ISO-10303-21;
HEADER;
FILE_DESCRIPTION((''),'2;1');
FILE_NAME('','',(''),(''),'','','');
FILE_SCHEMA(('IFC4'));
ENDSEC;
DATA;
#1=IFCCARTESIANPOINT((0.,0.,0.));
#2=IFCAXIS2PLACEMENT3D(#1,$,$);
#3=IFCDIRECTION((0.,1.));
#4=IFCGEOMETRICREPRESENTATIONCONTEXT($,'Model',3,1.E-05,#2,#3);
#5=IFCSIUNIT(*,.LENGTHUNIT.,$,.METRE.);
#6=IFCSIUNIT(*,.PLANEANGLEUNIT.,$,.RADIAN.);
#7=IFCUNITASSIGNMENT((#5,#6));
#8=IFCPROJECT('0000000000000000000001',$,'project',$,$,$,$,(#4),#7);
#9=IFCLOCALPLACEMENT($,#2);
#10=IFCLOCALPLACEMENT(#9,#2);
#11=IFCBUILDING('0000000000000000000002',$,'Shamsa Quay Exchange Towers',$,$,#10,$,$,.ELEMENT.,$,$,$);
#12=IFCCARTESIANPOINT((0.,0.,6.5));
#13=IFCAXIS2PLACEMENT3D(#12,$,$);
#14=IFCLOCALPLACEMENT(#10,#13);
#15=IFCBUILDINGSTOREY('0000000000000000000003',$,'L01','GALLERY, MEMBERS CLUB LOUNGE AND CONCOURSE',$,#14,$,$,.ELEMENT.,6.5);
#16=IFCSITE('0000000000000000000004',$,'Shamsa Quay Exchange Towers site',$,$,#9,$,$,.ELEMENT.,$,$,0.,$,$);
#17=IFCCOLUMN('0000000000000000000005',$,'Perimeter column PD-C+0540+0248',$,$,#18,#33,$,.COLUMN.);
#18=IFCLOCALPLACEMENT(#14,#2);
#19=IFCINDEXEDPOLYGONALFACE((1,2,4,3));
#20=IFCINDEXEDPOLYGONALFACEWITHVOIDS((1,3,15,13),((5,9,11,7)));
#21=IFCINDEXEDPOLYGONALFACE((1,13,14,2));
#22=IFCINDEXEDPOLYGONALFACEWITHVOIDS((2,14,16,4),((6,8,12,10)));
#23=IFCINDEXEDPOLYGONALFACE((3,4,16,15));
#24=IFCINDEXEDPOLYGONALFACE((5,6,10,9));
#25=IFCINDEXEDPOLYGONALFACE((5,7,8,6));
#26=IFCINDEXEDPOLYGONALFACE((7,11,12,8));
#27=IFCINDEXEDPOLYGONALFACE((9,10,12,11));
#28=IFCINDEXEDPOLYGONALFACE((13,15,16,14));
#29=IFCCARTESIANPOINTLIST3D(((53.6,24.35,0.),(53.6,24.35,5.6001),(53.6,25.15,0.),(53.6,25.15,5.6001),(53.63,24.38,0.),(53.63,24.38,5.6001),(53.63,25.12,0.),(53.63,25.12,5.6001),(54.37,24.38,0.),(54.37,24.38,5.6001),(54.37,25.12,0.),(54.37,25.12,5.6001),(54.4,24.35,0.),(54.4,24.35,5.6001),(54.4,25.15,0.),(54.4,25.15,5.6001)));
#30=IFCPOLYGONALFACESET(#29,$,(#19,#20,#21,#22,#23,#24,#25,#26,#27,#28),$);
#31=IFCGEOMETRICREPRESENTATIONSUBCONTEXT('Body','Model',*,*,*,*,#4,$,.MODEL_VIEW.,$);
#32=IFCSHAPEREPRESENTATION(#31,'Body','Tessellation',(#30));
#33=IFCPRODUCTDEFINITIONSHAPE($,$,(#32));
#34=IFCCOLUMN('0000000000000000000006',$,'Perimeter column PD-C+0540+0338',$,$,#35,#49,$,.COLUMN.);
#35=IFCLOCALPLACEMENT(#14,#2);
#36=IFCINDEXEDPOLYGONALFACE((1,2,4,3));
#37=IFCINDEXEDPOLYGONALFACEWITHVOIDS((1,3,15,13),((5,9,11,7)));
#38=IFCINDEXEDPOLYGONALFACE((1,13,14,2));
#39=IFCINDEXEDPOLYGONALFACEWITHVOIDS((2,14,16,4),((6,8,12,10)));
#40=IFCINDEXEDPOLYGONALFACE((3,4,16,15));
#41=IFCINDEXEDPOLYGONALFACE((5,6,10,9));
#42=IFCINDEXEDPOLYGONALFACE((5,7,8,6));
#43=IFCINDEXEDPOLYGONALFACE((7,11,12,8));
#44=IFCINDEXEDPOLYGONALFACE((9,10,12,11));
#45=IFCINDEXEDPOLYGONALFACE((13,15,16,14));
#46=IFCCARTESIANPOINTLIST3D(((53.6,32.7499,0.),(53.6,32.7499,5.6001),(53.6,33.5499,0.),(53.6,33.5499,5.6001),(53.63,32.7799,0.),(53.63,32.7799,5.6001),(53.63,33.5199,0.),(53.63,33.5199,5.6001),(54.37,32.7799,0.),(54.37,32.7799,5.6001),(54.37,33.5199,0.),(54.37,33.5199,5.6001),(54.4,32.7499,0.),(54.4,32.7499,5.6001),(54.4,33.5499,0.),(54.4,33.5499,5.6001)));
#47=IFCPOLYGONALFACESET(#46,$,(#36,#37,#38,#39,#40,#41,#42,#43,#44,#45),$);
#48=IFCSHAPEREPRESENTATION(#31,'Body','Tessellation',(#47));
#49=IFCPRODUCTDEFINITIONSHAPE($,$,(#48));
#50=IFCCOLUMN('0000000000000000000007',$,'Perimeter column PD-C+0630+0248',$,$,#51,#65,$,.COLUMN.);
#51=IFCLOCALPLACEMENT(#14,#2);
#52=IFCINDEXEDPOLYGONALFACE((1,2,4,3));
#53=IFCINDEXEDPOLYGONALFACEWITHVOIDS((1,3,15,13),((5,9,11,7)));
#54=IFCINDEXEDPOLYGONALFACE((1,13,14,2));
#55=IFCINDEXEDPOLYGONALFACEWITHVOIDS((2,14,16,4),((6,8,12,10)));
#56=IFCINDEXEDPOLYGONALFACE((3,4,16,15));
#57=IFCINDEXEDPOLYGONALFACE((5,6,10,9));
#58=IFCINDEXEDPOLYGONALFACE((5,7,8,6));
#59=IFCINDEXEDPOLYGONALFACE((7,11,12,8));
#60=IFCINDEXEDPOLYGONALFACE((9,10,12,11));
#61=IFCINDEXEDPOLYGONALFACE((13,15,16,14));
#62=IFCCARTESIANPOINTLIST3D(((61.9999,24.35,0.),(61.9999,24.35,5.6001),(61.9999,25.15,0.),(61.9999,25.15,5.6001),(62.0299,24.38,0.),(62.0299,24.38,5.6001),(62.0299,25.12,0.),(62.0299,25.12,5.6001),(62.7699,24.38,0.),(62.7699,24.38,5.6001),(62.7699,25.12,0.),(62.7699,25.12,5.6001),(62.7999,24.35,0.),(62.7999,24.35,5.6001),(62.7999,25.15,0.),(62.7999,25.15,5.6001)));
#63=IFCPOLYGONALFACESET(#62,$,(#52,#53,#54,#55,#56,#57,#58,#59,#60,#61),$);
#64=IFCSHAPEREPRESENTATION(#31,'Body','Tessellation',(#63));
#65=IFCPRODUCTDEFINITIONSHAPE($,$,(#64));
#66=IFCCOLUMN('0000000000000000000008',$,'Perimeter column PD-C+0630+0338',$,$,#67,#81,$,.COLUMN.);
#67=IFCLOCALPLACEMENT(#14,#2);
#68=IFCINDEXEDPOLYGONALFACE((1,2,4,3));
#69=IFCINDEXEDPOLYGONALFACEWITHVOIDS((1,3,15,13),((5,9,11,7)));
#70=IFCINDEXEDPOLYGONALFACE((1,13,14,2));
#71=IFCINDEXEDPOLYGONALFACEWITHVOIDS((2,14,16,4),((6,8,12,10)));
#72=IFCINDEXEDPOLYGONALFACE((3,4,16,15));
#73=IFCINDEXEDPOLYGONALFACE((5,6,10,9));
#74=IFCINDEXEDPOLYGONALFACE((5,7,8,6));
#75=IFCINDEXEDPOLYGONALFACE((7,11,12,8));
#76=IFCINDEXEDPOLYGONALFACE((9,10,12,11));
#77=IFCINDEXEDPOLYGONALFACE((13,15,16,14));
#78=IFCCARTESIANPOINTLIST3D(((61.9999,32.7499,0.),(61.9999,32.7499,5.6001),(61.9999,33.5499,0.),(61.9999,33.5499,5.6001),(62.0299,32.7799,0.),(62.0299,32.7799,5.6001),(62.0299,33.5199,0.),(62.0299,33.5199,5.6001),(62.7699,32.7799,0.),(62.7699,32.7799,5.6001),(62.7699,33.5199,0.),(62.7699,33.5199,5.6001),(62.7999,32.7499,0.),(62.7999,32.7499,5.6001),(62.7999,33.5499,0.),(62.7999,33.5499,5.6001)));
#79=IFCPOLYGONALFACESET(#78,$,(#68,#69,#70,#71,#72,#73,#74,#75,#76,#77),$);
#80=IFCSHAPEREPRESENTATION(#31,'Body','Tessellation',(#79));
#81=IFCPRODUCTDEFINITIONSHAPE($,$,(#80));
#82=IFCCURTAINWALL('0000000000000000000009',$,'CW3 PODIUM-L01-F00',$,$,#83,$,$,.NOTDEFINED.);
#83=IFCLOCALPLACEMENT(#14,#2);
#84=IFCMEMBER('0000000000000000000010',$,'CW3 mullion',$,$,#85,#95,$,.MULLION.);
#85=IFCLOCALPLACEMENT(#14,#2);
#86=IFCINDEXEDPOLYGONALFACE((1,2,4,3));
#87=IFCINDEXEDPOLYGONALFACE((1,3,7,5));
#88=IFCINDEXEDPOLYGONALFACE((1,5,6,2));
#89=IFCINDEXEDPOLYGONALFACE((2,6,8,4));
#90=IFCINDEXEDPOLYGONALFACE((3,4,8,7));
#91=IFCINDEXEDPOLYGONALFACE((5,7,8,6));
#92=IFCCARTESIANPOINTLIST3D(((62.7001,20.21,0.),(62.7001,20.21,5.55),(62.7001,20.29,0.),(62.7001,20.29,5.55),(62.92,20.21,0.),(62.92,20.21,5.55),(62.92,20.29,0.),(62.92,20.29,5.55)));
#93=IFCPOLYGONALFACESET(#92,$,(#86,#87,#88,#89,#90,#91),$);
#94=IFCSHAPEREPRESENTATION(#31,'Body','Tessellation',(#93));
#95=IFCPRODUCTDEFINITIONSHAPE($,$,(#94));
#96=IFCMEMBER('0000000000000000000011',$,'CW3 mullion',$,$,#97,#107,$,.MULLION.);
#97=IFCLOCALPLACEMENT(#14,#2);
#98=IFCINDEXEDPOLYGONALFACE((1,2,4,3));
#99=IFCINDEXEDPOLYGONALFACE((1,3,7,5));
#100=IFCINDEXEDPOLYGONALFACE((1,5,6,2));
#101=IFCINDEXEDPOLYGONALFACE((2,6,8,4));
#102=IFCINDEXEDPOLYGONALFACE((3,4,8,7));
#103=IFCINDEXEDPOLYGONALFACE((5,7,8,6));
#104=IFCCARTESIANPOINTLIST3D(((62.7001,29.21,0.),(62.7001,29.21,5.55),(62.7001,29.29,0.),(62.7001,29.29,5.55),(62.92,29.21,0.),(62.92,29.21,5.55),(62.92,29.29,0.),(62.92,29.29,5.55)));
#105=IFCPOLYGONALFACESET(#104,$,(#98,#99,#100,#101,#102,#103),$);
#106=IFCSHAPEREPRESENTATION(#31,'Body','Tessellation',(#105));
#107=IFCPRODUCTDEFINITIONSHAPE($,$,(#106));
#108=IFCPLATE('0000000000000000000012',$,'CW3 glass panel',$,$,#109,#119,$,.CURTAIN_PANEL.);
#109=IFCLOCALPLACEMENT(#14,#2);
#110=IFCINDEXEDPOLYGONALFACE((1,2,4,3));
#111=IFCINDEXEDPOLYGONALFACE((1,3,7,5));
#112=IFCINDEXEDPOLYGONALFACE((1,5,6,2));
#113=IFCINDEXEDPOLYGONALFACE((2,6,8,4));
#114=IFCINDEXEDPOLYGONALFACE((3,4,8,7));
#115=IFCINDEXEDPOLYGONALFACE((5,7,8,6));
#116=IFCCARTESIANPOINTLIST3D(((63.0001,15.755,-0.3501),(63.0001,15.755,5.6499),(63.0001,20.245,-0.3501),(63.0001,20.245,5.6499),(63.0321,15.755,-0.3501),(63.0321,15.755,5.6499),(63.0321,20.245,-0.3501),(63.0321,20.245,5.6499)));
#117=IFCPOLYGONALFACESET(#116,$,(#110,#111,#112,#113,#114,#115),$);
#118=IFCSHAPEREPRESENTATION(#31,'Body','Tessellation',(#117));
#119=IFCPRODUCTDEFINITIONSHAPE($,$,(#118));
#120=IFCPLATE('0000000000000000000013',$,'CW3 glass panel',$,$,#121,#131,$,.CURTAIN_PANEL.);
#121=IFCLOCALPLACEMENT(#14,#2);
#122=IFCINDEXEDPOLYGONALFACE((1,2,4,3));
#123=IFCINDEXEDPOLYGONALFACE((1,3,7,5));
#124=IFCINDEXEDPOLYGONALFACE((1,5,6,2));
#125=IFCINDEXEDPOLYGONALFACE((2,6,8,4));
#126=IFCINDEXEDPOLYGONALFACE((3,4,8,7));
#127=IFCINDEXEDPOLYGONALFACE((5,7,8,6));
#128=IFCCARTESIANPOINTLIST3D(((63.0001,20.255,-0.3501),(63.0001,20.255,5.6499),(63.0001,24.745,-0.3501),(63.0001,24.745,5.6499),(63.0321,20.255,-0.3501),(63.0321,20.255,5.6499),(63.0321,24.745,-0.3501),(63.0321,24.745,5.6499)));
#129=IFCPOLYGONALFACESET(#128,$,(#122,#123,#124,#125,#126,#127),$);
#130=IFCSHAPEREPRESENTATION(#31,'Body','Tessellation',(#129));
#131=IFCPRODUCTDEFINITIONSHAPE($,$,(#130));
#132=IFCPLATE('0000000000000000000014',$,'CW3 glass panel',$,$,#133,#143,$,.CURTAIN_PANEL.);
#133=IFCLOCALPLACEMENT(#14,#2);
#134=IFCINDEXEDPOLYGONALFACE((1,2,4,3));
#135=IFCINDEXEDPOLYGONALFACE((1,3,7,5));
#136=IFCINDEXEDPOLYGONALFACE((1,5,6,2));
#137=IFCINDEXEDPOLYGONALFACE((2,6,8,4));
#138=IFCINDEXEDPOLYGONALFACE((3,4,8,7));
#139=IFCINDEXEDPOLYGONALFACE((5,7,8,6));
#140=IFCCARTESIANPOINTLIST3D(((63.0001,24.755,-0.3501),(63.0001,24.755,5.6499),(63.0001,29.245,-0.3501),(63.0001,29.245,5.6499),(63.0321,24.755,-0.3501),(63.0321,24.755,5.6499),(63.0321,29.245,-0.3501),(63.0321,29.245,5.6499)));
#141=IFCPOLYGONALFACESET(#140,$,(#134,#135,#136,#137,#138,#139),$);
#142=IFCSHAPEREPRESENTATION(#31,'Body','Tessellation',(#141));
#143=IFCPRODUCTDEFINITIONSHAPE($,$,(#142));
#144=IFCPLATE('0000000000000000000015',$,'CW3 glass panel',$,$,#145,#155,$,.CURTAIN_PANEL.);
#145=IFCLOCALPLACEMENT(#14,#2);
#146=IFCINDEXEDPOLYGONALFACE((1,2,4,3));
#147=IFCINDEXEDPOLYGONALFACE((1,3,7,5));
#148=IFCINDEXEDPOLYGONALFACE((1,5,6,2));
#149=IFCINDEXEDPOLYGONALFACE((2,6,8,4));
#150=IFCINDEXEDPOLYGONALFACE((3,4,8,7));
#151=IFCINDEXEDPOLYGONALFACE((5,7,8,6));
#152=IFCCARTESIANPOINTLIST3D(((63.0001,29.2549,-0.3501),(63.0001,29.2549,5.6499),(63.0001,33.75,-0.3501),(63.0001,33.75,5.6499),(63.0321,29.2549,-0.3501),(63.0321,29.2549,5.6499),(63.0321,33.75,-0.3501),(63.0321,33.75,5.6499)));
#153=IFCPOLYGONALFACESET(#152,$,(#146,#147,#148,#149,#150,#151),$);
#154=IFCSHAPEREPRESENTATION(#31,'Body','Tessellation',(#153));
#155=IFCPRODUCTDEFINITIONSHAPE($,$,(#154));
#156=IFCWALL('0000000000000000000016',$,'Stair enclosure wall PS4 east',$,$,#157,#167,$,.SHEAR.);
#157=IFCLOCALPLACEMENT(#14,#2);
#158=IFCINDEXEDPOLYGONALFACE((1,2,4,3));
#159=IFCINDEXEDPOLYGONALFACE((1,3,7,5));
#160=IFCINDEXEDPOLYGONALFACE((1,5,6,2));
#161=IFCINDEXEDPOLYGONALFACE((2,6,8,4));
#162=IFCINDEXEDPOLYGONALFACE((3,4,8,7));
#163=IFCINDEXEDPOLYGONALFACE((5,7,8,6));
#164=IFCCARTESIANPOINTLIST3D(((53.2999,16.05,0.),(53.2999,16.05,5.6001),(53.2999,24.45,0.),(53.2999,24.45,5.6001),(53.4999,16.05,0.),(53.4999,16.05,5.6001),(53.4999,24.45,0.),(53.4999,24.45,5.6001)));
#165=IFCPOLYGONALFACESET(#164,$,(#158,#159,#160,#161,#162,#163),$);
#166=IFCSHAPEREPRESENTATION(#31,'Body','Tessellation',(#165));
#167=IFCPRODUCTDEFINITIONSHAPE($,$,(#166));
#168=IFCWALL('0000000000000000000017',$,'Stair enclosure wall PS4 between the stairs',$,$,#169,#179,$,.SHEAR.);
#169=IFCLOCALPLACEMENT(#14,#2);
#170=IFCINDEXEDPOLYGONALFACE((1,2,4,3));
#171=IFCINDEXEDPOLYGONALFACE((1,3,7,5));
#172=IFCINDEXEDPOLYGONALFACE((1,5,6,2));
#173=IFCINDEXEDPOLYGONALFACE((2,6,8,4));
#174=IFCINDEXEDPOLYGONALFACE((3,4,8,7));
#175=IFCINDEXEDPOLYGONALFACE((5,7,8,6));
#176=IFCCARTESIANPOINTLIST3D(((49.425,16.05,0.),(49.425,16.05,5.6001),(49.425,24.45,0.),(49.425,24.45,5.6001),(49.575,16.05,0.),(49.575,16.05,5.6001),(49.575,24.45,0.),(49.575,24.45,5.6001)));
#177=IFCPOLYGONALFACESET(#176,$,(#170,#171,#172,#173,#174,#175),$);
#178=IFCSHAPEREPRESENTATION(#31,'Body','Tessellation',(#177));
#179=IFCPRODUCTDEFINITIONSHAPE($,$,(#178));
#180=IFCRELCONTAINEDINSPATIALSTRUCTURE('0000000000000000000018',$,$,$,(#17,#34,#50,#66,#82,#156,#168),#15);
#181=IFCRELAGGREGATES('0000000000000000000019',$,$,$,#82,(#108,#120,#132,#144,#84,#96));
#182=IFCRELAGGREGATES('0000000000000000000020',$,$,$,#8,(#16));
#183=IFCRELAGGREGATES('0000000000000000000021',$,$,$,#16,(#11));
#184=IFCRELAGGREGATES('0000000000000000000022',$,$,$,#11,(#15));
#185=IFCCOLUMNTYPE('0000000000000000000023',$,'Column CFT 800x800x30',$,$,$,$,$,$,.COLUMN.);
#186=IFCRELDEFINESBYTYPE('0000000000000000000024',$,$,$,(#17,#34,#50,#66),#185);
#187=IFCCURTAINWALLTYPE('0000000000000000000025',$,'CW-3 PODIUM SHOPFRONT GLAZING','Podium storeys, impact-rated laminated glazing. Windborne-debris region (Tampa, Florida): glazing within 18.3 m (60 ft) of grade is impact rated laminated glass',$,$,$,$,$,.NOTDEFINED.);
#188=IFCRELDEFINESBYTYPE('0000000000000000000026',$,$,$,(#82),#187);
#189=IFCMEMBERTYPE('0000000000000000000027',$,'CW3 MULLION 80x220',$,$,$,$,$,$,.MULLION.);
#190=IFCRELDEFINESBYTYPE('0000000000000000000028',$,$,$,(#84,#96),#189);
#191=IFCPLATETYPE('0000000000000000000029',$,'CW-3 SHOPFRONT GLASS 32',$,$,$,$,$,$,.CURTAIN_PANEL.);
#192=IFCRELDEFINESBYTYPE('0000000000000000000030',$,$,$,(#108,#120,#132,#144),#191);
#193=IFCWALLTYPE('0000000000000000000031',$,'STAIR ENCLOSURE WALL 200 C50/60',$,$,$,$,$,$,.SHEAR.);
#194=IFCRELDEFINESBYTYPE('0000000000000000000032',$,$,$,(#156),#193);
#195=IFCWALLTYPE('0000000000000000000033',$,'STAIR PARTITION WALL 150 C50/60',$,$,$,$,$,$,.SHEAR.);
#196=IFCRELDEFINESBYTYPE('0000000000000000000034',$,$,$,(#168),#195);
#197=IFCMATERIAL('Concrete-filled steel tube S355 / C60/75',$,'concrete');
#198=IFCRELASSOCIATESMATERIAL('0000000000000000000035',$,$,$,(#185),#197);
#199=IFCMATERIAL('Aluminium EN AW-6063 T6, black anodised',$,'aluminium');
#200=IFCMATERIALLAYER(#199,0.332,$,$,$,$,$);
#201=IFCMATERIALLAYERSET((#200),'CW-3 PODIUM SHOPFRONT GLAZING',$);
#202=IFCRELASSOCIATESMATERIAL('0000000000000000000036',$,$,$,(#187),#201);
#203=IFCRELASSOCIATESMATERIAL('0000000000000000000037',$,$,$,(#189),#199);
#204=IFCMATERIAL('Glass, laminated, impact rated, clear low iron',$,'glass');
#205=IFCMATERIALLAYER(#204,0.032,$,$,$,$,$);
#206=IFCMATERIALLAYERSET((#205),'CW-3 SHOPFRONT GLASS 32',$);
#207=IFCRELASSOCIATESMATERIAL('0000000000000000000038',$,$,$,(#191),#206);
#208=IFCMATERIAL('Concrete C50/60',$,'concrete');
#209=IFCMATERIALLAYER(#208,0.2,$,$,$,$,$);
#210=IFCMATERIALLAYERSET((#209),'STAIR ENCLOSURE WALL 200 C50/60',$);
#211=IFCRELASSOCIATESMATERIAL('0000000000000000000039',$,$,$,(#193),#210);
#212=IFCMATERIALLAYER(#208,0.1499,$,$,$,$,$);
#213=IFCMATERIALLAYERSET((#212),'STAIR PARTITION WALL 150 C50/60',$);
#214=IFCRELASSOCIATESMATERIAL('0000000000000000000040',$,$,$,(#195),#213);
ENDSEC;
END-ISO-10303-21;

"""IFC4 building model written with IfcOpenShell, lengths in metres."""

from ifc_helpers import new_model, si_unit, direction, frame, frame_2d, origin, origin_2d, place, context, subcontext, project, spatial, rectangle, hollow_rectangle, extrude, material, layer, layer_set, material_profile, profile_set, type_object, element, aggregate, save


model = new_model("IFC4")

# Units and contexts
model_context = context("Model", 3, precision=1e-05, world=origin(), true_north=direction((0.0, 1.0)))
body_context = subcontext(model_context, "Body", "Model", "MODEL_VIEW")
ifc_project = project(units=[si_unit("LENGTHUNIT", "METRE"), si_unit("PLANEANGLEUNIT", "RADIAN")], contexts=[model_context])

# Site, building, storey
site_placement = place(None, origin())
site = spatial("IfcSite", under=ifc_project, at=site_placement, Name="Shamsa Quay Exchange Towers site", CompositionType="ELEMENT", RefElevation=0.0)
building_placement = place(site_placement, origin())
building = spatial("IfcBuilding", under=site, at=building_placement, Name="Shamsa Quay Exchange Towers", CompositionType="ELEMENT")
storey_placement = place(building_placement, frame((0.0, 0.0, 6.5)))
storey = spatial("IfcBuildingStorey", under=building, at=storey_placement, Name="L01", Description="GALLERY, MEMBERS CLUB LOUNGE AND CONCOURSE", CompositionType="ELEMENT", Elevation=6.5)

# Columns
ifc_material_1 = material(Name="Concrete-filled steel tube S355 / C60/75", Category="concrete")
ifc_material_profile_1 = material_profile(ifc_material_1, hollow_rectangle(XDim=0.8, YDim=0.8, WallThickness=0.03, at=origin_2d()), Name="CFT 800x800x30")
ifc_profile_set_1 = profile_set([ifc_material_profile_1], Name="Concrete-filled steel tube S355 / C60/75")
column_type = type_object("IfcColumnType", Name="Column CFT 800x800x30", PredefinedType="COLUMN", material=ifc_profile_set_1)
for number, where, name in (
    (1, (54.0, 24.75, 0.0), "Perimeter column PD-C+0540+0248"),
    (2, (54.0, 33.1499, 0.0), "Perimeter column PD-C+0540+0338"),
    (3, (62.3999, 24.75, 0.0), "Perimeter column PD-C+0630+0248"),
    (4, (62.3999, 33.1499, 0.0), "Perimeter column PD-C+0630+0338"),
):
    element("IfcColumn", number, at=place(storey_placement, frame(where)), inside=storey, type_object=column_type, Name=name, PredefinedType="COLUMN", context=body_context, shape_type="SweptSolid", body=[
        extrude(hollow_rectangle(XDim=0.8, YDim=0.8, WallThickness=0.03, at=origin_2d()), origin(), (0.0, 0.0, 1.0), 5.6001),
    ])

# Curtain wall, members, plates
ifc_material_2 = material(Name="Aluminium EN AW-6063 T6, black anodised", Category="aluminium")
ifc_layer_1 = layer(ifc_material_2, 0.332)
ifc_layer_set_1 = layer_set([ifc_layer_1], Name="CW-3 PODIUM SHOPFRONT GLAZING")
curtain_wall_type = type_object("IfcCurtainWallType", Name="CW-3 PODIUM SHOPFRONT GLAZING", Description="Podium storeys, impact-rated laminated glazing. Windborne-debris region (Tampa, Florida): glazing within 18.3 m (60 ft) of grade is impact rated laminated glass", PredefinedType="NOTDEFINED", material=ifc_layer_set_1)
curtain_wall_placement = place(storey_placement, origin())
curtain_wall = element("IfcCurtainWall", 5, at=curtain_wall_placement, inside=storey, type_object=curtain_wall_type, Name="CW3 PODIUM-L01-F00", PredefinedType="NOTDEFINED")
ifc_material_profile_2 = material_profile(ifc_material_2, rectangle(XDim=0.22, YDim=0.0801, at=origin_2d()), Name="MU80x220")
ifc_profile_set_2 = profile_set([ifc_material_profile_2], Name="Aluminium EN AW-6063 T6, black anodised")
member_type = type_object("IfcMemberType", Name="CW3 MULLION 80x220", PredefinedType="MULLION", material=ifc_profile_set_2)
member_1_placement = place(storey_placement, frame((62.8101, 20.25, 0.0), z_axis=(0.0, 0.0, 1.0), x_axis=(-1.0, 0.0, 0.0)))
member_1 = element("IfcMember", 6, at=member_1_placement, type_object=member_type, Name="CW3 mullion", PredefinedType="MULLION", context=body_context, shape_type="SweptSolid", body=[
    extrude(rectangle(XDim=0.22, YDim=0.0801, at=origin_2d()), origin(), (0.0, 0.0, 1.0), 5.55),
])
member_2_placement = place(storey_placement, frame((62.8101, 29.25, 0.0), z_axis=(0.0, 0.0, 1.0), x_axis=(-1.0, 0.0, 0.0)))
member_2 = element("IfcMember", 7, at=member_2_placement, type_object=member_type, Name="CW3 mullion", PredefinedType="MULLION", context=body_context, shape_type="SweptSolid", body=[
    extrude(rectangle(XDim=0.22, YDim=0.0801, at=origin_2d()), origin(), (0.0, 0.0, 1.0), 5.55),
])
ifc_material_3 = material(Name="Glass, laminated, impact rated, clear low iron", Category="glass")
ifc_layer_2 = layer(ifc_material_3, 0.032)
ifc_layer_set_2 = layer_set([ifc_layer_2], Name="CW-3 SHOPFRONT GLASS 32")
plate_type = type_object("IfcPlateType", Name="CW-3 SHOPFRONT GLASS 32", PredefinedType="CURTAIN_PANEL", material=ifc_layer_set_2)
plate_1_placement = place(storey_placement, frame((63.0161, 18.0, -0.3501), z_axis=(0.0, 0.0, 1.0), x_axis=(0.0, 1.0, 0.0)))
plate_1 = element("IfcPlate", 8, at=plate_1_placement, type_object=plate_type, Name="CW3 glass panel", PredefinedType="CURTAIN_PANEL", context=body_context, shape_type="SweptSolid", body=[
    extrude(rectangle(XDim=4.49, YDim=0.032, at=origin_2d()), origin(), (0.0, 0.0, 1.0), 6.0),
])
plate_2_placement = place(storey_placement, frame((63.0161, 22.5, -0.3501), z_axis=(0.0, 0.0, 1.0), x_axis=(0.0, 1.0, 0.0)))
plate_2 = element("IfcPlate", 9, at=plate_2_placement, type_object=plate_type, Name="CW3 glass panel", PredefinedType="CURTAIN_PANEL", context=body_context, shape_type="SweptSolid", body=[
    extrude(rectangle(XDim=4.49, YDim=0.032, at=origin_2d()), origin(), (0.0, 0.0, 1.0), 6.0),
])
plate_3_placement = place(storey_placement, frame((63.0161, 27.0, -0.3501), z_axis=(0.0, 0.0, 1.0), x_axis=(0.0, 1.0, 0.0)))
plate_3 = element("IfcPlate", 10, at=plate_3_placement, type_object=plate_type, Name="CW3 glass panel", PredefinedType="CURTAIN_PANEL", context=body_context, shape_type="SweptSolid", body=[
    extrude(rectangle(XDim=4.49, YDim=0.032, at=origin_2d()), origin(), (0.0, 0.0, 1.0), 6.0),
])
plate_4_placement = place(storey_placement, frame((63.0161, 31.5024, -0.3501), z_axis=(0.0, 0.0, 1.0), x_axis=(0.0, 1.0, 0.0)))
plate_4 = element("IfcPlate", 11, at=plate_4_placement, type_object=plate_type, Name="CW3 glass panel", PredefinedType="CURTAIN_PANEL", context=body_context, shape_type="SweptSolid", body=[
    extrude(rectangle(XDim=4.4951, YDim=0.032, at=origin_2d()), origin(), (0.0, 0.0, 1.0), 6.0),
])
aggregate(curtain_wall, [plate_1, plate_2, plate_3, plate_4, member_1, member_2])

# Walls
ifc_material_4 = material(Name="Concrete C50/60", Category="concrete")
ifc_layer_3 = layer(ifc_material_4, 0.2)
ifc_layer_set_3 = layer_set([ifc_layer_3], Name="STAIR ENCLOSURE WALL 200 C50/60")
wall_type_1 = type_object("IfcWallType", Name="STAIR ENCLOSURE WALL 200 C50/60", PredefinedType="SHEAR", material=ifc_layer_set_3)
wall_1_placement = place(storey_placement, frame((53.3999, 16.05, 0.0), z_axis=(0.0, 0.0, 1.0), x_axis=(0.0, 1.0, 0.0)))
element("IfcWall", 12, at=wall_1_placement, inside=storey, type_object=wall_type_1, Name="Stair enclosure wall PS4 east", PredefinedType="SHEAR", context=body_context, shape_type="SweptSolid", body=[
    extrude(rectangle(XDim=8.3999, YDim=0.2, at=frame_2d((4.2, 0.0))), origin(), (0.0, 0.0, 1.0), 5.6001),
])
ifc_layer_4 = layer(ifc_material_4, 0.1499)
ifc_layer_set_4 = layer_set([ifc_layer_4], Name="STAIR PARTITION WALL 150 C50/60")
wall_type_2 = type_object("IfcWallType", Name="STAIR PARTITION WALL 150 C50/60", PredefinedType="SHEAR", material=ifc_layer_set_4)
wall_2_placement = place(storey_placement, frame((49.5, 16.05, 0.0), z_axis=(0.0, 0.0, 1.0), x_axis=(0.0, 1.0, 0.0)))
element("IfcWall", 13, at=wall_2_placement, inside=storey, type_object=wall_type_2, Name="Stair enclosure wall PS4 between the stairs", PredefinedType="SHEAR", context=body_context, shape_type="SweptSolid", body=[
    extrude(rectangle(XDim=8.3999, YDim=0.1499, at=frame_2d((4.2, 0.0))), origin(), (0.0, 0.0, 1.0), 5.6001),
])

save(model, "model.ifc")
